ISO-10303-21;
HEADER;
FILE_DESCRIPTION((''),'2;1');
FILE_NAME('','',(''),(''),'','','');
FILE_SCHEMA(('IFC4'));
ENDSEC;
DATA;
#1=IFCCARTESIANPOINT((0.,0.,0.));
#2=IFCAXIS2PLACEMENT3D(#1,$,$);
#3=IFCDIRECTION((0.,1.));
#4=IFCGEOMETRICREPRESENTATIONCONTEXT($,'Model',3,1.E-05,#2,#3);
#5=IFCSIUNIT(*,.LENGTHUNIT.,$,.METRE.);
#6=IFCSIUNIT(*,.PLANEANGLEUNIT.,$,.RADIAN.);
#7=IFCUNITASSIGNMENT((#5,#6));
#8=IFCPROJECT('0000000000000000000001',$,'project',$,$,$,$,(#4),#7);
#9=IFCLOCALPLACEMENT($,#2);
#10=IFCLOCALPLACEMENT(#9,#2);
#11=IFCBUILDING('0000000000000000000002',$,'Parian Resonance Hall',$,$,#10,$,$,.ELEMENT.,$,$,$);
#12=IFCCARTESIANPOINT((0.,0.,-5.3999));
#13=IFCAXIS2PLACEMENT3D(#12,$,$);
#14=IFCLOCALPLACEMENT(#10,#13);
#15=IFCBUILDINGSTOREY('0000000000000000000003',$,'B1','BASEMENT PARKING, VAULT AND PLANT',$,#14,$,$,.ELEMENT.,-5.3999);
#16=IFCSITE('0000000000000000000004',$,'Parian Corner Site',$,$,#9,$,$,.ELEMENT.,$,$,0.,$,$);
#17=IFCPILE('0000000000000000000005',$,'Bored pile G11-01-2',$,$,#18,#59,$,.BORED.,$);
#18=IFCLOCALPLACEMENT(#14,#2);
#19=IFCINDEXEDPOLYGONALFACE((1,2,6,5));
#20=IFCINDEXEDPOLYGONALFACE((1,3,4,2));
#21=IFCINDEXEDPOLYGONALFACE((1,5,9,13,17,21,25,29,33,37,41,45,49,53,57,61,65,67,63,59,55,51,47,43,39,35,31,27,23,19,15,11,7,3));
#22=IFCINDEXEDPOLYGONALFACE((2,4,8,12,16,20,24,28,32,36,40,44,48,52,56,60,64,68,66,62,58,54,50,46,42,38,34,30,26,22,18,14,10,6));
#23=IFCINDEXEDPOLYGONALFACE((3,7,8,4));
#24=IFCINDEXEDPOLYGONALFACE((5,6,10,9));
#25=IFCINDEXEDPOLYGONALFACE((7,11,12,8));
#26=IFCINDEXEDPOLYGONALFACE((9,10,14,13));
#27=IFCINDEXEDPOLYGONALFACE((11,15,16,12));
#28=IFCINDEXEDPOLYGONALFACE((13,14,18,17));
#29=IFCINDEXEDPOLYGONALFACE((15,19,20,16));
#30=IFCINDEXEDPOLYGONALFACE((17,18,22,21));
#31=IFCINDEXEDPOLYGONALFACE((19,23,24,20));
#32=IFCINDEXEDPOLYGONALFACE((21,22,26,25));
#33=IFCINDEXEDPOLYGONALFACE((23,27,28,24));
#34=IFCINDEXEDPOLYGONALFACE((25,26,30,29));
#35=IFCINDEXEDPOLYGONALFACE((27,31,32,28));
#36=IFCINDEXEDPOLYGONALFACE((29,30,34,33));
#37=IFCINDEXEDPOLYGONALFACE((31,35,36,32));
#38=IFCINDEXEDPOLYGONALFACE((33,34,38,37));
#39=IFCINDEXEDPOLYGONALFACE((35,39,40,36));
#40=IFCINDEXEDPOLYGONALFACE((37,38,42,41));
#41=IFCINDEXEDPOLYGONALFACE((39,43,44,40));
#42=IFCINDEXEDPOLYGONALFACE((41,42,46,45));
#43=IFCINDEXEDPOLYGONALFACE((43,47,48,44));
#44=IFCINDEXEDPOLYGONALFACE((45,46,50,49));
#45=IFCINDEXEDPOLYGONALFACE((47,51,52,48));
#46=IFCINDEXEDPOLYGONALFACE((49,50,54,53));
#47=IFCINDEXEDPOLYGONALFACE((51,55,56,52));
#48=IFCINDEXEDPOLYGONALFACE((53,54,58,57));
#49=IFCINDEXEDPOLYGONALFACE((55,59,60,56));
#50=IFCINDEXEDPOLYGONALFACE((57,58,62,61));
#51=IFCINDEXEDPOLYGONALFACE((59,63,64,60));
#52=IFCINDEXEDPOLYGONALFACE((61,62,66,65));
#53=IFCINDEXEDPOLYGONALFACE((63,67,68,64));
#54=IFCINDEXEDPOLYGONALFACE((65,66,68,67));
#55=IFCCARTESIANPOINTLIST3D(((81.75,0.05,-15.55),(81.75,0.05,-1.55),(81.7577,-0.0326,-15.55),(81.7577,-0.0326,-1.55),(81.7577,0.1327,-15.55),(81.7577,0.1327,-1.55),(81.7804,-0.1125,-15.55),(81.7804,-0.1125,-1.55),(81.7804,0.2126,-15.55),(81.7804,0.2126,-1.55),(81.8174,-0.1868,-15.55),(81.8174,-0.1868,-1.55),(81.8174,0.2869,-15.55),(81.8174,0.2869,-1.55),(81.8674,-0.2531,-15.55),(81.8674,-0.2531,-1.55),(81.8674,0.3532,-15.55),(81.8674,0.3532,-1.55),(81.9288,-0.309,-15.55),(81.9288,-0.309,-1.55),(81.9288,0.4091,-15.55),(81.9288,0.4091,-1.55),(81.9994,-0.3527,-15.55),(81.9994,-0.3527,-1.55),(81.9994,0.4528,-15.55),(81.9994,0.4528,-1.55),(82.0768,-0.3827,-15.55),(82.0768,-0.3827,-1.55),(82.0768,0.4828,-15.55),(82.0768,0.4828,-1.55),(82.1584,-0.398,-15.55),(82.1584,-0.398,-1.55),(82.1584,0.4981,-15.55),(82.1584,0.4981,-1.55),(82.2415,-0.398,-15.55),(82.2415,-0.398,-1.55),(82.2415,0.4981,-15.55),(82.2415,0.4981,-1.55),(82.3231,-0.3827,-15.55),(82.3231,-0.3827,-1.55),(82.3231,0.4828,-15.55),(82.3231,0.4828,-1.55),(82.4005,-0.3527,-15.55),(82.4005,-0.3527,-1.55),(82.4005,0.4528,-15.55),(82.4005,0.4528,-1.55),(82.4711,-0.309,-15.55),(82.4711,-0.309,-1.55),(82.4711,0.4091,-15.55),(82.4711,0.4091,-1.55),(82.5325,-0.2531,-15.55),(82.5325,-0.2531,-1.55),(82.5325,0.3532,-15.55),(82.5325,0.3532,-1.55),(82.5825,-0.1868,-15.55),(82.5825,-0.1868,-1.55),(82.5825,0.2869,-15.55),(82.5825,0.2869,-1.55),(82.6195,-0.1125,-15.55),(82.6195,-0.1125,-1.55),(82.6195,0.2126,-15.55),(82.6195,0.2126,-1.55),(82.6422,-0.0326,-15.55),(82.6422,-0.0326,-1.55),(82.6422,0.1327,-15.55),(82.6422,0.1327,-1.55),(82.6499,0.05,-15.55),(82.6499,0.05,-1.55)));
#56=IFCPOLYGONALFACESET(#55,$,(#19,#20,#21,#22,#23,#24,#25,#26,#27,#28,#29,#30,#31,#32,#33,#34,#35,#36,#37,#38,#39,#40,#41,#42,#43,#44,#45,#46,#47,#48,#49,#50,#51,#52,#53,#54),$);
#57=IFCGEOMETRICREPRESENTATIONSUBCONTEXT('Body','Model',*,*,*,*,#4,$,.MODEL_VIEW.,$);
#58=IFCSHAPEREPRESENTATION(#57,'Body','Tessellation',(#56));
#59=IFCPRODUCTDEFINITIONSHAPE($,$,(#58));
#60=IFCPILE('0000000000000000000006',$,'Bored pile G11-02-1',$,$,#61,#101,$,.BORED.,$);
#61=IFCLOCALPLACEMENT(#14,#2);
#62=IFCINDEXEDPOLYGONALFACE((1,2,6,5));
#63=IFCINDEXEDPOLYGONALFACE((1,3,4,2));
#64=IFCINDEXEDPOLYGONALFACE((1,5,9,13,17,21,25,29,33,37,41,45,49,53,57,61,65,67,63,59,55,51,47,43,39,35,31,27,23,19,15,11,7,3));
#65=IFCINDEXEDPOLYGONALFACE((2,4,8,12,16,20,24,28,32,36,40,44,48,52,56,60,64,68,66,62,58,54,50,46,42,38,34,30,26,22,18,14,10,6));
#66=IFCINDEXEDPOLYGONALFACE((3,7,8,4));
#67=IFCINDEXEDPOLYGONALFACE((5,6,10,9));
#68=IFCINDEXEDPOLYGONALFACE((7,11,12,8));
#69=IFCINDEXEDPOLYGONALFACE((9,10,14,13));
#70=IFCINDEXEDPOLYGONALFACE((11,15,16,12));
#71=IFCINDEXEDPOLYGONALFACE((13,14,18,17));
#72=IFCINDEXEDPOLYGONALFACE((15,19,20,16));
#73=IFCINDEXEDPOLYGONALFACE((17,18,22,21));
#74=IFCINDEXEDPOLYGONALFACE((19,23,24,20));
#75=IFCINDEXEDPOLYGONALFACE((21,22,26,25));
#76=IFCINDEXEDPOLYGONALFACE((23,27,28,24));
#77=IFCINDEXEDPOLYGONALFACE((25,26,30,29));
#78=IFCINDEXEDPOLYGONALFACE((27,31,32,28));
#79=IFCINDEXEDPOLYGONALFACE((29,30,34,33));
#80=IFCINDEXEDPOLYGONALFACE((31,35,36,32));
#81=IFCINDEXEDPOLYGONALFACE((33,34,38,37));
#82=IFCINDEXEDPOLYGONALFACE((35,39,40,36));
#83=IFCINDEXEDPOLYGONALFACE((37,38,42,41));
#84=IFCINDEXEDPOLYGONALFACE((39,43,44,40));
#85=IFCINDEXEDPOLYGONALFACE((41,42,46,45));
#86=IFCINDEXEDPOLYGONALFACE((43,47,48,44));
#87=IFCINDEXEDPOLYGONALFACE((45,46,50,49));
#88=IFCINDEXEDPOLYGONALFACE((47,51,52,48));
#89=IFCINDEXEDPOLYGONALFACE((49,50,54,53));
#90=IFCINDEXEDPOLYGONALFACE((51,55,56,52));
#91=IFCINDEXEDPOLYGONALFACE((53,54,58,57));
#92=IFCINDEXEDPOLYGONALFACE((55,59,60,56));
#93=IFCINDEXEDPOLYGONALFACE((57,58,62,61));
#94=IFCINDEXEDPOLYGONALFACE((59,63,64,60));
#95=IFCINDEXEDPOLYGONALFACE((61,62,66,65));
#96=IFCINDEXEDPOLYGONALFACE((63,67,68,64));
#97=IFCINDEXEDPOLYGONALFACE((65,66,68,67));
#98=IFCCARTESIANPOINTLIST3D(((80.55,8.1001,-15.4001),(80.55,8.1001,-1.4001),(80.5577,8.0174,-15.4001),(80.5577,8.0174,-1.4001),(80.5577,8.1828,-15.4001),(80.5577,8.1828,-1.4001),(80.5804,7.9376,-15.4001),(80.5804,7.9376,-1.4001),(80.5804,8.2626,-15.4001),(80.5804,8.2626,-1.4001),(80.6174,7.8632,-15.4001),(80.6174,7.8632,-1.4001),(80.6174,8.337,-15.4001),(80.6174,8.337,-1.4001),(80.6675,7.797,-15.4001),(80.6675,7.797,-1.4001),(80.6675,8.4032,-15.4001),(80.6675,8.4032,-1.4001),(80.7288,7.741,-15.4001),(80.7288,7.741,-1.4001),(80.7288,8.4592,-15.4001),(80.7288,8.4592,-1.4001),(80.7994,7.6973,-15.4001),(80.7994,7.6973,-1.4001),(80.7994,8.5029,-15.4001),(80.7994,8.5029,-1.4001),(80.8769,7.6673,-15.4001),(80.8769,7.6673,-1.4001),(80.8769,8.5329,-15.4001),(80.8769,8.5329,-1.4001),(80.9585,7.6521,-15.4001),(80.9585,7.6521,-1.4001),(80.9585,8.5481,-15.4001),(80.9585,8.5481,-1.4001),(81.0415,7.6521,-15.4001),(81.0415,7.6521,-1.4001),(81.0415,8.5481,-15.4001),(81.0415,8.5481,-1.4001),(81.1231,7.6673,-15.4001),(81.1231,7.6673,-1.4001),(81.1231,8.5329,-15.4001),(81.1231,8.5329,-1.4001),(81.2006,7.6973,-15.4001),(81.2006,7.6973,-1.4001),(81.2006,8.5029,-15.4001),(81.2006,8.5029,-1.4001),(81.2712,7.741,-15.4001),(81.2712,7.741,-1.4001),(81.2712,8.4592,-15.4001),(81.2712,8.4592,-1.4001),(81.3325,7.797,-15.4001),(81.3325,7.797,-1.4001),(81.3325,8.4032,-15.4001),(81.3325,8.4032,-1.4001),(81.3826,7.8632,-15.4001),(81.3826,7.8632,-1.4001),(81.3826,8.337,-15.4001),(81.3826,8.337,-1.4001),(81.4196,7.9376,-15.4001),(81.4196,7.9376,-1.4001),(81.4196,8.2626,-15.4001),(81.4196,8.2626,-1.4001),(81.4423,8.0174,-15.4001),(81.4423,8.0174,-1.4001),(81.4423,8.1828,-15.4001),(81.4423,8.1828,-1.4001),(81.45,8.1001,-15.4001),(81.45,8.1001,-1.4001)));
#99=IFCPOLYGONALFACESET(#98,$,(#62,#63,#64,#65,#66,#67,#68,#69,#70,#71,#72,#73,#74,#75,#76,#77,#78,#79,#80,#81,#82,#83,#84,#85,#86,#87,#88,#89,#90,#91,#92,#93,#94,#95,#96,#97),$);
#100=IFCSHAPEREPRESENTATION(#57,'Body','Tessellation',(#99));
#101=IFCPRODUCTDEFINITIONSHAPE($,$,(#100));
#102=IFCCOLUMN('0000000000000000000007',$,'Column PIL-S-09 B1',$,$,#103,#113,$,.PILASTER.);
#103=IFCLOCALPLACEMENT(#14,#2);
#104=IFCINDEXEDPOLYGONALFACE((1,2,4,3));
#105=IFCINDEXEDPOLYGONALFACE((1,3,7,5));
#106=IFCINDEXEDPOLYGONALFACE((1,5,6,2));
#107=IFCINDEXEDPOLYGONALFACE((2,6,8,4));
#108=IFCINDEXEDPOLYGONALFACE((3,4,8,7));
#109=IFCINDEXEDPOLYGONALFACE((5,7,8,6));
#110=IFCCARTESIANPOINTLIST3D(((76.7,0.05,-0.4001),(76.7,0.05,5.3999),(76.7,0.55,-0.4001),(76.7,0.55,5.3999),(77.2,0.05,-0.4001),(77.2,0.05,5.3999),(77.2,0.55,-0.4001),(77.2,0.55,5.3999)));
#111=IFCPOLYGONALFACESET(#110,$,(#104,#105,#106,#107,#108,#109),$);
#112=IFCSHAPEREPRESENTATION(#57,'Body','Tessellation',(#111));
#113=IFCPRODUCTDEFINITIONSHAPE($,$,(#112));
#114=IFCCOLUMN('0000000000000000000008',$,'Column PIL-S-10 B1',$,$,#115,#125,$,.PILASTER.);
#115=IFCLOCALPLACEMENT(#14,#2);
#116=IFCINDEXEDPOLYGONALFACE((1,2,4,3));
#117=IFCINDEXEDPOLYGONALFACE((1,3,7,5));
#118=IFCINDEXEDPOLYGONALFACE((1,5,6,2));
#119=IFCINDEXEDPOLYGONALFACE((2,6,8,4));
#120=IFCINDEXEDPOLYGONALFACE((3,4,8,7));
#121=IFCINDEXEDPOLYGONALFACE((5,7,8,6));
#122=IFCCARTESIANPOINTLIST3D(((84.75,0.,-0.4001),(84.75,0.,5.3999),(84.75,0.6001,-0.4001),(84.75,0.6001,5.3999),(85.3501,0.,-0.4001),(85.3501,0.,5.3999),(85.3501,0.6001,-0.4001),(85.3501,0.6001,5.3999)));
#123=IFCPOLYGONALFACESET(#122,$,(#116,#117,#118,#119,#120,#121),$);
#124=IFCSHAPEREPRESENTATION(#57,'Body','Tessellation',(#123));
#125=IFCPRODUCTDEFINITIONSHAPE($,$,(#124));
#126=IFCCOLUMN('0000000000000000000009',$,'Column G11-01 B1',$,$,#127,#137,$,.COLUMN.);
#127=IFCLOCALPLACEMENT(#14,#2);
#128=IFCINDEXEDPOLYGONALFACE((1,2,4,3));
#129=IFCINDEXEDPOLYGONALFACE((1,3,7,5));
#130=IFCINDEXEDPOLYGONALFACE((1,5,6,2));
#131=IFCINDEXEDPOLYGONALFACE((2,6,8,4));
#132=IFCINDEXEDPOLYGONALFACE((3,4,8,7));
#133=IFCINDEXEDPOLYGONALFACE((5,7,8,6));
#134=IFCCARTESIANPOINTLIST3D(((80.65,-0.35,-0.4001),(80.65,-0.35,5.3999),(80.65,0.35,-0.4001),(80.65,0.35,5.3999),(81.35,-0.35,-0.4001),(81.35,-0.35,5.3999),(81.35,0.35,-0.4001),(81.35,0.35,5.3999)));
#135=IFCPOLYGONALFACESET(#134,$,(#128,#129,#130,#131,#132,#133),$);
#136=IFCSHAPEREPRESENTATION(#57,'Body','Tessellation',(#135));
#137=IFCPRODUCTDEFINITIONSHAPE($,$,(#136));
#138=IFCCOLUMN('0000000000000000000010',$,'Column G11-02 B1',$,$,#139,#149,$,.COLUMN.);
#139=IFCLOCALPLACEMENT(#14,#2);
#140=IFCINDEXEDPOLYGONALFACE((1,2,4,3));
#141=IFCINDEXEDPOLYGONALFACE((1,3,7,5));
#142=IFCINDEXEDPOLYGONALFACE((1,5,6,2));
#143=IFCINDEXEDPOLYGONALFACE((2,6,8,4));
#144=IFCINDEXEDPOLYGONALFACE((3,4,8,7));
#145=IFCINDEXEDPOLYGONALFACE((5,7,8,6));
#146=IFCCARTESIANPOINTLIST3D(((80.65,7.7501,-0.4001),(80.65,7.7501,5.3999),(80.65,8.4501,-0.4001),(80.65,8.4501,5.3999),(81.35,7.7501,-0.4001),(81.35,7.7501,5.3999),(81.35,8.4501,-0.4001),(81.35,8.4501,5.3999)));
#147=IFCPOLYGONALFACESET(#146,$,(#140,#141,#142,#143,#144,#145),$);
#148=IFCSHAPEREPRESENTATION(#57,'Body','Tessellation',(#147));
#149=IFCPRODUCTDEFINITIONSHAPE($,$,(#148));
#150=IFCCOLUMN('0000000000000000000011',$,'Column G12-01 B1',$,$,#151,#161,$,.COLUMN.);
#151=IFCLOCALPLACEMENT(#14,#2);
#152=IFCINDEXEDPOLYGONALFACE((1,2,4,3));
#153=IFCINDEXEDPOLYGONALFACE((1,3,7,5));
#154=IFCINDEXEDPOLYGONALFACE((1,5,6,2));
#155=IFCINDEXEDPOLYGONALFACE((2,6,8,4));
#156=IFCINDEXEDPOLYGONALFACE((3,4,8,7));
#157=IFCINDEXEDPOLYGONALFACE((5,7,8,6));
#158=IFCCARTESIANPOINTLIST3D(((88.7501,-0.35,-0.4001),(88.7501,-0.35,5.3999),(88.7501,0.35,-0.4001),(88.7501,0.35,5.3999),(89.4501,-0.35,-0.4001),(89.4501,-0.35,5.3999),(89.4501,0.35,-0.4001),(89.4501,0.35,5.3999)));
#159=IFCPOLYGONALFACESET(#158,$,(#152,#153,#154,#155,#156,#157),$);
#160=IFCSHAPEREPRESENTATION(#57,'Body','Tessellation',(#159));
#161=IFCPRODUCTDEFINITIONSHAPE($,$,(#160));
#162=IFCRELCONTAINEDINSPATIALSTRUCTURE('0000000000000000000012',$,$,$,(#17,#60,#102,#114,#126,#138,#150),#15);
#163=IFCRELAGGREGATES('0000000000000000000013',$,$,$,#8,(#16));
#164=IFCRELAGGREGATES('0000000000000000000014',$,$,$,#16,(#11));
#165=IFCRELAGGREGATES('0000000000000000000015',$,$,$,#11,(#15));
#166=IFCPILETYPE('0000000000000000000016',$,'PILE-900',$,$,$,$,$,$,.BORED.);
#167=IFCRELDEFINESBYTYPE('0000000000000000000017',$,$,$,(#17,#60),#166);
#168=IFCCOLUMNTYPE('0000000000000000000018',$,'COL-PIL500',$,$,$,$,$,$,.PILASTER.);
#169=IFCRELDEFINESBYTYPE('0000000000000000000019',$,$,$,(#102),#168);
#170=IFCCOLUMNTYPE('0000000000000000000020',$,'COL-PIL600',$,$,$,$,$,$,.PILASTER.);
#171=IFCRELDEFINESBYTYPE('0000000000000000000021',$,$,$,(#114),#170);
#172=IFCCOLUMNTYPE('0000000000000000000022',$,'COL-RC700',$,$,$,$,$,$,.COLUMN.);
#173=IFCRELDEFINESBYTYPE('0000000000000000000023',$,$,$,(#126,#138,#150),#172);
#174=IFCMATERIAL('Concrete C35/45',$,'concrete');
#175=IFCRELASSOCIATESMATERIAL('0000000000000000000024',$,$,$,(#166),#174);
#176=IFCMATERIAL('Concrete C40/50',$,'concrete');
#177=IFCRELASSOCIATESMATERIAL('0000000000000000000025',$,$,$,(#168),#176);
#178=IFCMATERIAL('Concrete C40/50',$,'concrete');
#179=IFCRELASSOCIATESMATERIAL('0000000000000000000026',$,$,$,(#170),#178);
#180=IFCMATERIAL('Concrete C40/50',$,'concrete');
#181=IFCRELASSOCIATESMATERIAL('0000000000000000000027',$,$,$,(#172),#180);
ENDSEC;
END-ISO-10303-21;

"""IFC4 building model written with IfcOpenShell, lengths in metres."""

from ifc_helpers import new_model, si_unit, direction, frame, origin, origin_2d, place, context, subcontext, project, spatial, rectangle, circle, extrude, material, material_profile, profile_set, type_object, element, save


model = new_model("IFC4")

# Units and contexts
model_context = context("Model", 3, precision=1e-05, world=origin(), true_north=direction((0.0, 1.0)))
body_context = subcontext(model_context, "Body", "Model", "MODEL_VIEW")
ifc_project = project(units=[si_unit("LENGTHUNIT", "METRE"), si_unit("PLANEANGLEUNIT", "RADIAN")], contexts=[model_context])

# Site, building, storey
site_placement = place(None, origin())
site = spatial("IfcSite", under=ifc_project, at=site_placement, Name="Parian Corner Site", CompositionType="ELEMENT", RefElevation=0.0)
building_placement = place(site_placement, origin())
building = spatial("IfcBuilding", under=site, at=building_placement, Name="Parian Resonance Hall", CompositionType="ELEMENT")
storey_placement = place(building_placement, frame((0.0, 0.0, -5.3999)))
storey = spatial("IfcBuildingStorey", under=building, at=storey_placement, Name="B1", Description="BASEMENT PARKING, VAULT AND PLANT", CompositionType="ELEMENT", Elevation=-5.3999)

# Piles
ifc_material_1 = material(Name="Concrete C35/45", Category="concrete")
ifc_material_profile_1 = material_profile(ifc_material_1, circle(Radius=0.45, at=origin_2d()), Name="PILE-D900")
ifc_profile_set_1 = profile_set([ifc_material_profile_1], Name="Concrete C35/45")
pile_type_1 = type_object("IfcPileType", Name="PILE-900", PredefinedType="BORED", material=ifc_profile_set_1)
for number, where, z_axis, x_axis, name in (
    (1, (82.2, 0.05, -1.55), (0.0, 0.0, -1.0), (1.0, 0.0, 0.0), "Bored pile G11-01-2"),
    (2, (81.0, 8.1001, -1.4001), (0.0, 0.0, -1.0), (1.0, 0.0, 0.0), "Bored pile G11-02-1"),
):
    element("IfcPile", number, at=place(storey_placement, frame(where, z_axis=z_axis, x_axis=x_axis)), inside=storey, type_object=pile_type_1, Name=name, PredefinedType="BORED", context=body_context, shape_type="SweptSolid", body=[
        extrude(circle(Radius=0.45, at=origin_2d()), origin(), (0.0, 0.0, 1.0), 14.0),
    ])

# Columns
ifc_material_2 = material(Name="Concrete C40/50", Category="concrete")
ifc_material_profile_2 = material_profile(ifc_material_2, rectangle(XDim=0.5, YDim=0.5, at=origin_2d()), Name="RC-COL-500x500")
ifc_profile_set_2 = profile_set([ifc_material_profile_2], Name="Concrete C40/50")
column_type_1 = type_object("IfcColumnType", Name="COL-PIL500", PredefinedType="PILASTER", material=ifc_profile_set_2)
column_1_placement = place(storey_placement, frame((76.95, 0.3, -0.4001), z_axis=(0.0, 0.0, 1.0), x_axis=(1.0, 0.0, 0.0)))
element("IfcColumn", 3, at=column_1_placement, inside=storey, type_object=column_type_1, Name="Column PIL-S-09 B1", PredefinedType="PILASTER", context=body_context, shape_type="SweptSolid", body=[
    extrude(rectangle(XDim=0.5, YDim=0.5, at=origin_2d()), origin(), (0.0, 0.0, 1.0), 5.8),
])
ifc_material_3 = material(Name="Concrete C40/50", Category="concrete")
ifc_material_profile_3 = material_profile(ifc_material_3, rectangle(XDim=0.6001, YDim=0.6001, at=origin_2d()), Name="RC-COL-600x600")
ifc_profile_set_3 = profile_set([ifc_material_profile_3], Name="Concrete C40/50")
column_type_2 = type_object("IfcColumnType", Name="COL-PIL600", PredefinedType="PILASTER", material=ifc_profile_set_3)
column_2_placement = place(storey_placement, frame((85.05, 0.3, -0.4001), z_axis=(0.0, 0.0, 1.0), x_axis=(1.0, 0.0, 0.0)))
element("IfcColumn", 4, at=column_2_placement, inside=storey, type_object=column_type_2, Name="Column PIL-S-10 B1", PredefinedType="PILASTER", context=body_context, shape_type="SweptSolid", body=[
    extrude(rectangle(XDim=0.6001, YDim=0.6001, at=origin_2d()), origin(), (0.0, 0.0, 1.0), 5.8),
])
ifc_material_4 = material(Name="Concrete C40/50", Category="concrete")
ifc_material_profile_4 = material_profile(ifc_material_4, rectangle(XDim=0.7, YDim=0.7, at=origin_2d()), Name="RC-COL-700x700")
ifc_profile_set_4 = profile_set([ifc_material_profile_4], Name="Concrete C40/50")
column_type_3 = type_object("IfcColumnType", Name="COL-RC700", PredefinedType="COLUMN", material=ifc_profile_set_4)
for number, where, z_axis, x_axis, name in (
    (5, (81.0, 0.0, -0.4001), (0.0, 0.0, 1.0), (1.0, 0.0, 0.0), "Column G11-01 B1"),
    (6, (81.0, 8.1001, -0.4001), (0.0, 0.0, 1.0), (1.0, 0.0, 0.0), "Column G11-02 B1"),
    (7, (89.1001, 0.0, -0.4001), (0.0, 0.0, 1.0), (1.0, 0.0, 0.0), "Column G12-01 B1"),
):
    element("IfcColumn", number, at=place(storey_placement, frame(where, z_axis=z_axis, x_axis=x_axis)), inside=storey, type_object=column_type_3, Name=name, PredefinedType="COLUMN", context=body_context, shape_type="SweptSolid", body=[
        extrude(rectangle(XDim=0.7, YDim=0.7, at=origin_2d()), origin(), (0.0, 0.0, 1.0), 5.8),
    ])

save(model, "model.ifc")
